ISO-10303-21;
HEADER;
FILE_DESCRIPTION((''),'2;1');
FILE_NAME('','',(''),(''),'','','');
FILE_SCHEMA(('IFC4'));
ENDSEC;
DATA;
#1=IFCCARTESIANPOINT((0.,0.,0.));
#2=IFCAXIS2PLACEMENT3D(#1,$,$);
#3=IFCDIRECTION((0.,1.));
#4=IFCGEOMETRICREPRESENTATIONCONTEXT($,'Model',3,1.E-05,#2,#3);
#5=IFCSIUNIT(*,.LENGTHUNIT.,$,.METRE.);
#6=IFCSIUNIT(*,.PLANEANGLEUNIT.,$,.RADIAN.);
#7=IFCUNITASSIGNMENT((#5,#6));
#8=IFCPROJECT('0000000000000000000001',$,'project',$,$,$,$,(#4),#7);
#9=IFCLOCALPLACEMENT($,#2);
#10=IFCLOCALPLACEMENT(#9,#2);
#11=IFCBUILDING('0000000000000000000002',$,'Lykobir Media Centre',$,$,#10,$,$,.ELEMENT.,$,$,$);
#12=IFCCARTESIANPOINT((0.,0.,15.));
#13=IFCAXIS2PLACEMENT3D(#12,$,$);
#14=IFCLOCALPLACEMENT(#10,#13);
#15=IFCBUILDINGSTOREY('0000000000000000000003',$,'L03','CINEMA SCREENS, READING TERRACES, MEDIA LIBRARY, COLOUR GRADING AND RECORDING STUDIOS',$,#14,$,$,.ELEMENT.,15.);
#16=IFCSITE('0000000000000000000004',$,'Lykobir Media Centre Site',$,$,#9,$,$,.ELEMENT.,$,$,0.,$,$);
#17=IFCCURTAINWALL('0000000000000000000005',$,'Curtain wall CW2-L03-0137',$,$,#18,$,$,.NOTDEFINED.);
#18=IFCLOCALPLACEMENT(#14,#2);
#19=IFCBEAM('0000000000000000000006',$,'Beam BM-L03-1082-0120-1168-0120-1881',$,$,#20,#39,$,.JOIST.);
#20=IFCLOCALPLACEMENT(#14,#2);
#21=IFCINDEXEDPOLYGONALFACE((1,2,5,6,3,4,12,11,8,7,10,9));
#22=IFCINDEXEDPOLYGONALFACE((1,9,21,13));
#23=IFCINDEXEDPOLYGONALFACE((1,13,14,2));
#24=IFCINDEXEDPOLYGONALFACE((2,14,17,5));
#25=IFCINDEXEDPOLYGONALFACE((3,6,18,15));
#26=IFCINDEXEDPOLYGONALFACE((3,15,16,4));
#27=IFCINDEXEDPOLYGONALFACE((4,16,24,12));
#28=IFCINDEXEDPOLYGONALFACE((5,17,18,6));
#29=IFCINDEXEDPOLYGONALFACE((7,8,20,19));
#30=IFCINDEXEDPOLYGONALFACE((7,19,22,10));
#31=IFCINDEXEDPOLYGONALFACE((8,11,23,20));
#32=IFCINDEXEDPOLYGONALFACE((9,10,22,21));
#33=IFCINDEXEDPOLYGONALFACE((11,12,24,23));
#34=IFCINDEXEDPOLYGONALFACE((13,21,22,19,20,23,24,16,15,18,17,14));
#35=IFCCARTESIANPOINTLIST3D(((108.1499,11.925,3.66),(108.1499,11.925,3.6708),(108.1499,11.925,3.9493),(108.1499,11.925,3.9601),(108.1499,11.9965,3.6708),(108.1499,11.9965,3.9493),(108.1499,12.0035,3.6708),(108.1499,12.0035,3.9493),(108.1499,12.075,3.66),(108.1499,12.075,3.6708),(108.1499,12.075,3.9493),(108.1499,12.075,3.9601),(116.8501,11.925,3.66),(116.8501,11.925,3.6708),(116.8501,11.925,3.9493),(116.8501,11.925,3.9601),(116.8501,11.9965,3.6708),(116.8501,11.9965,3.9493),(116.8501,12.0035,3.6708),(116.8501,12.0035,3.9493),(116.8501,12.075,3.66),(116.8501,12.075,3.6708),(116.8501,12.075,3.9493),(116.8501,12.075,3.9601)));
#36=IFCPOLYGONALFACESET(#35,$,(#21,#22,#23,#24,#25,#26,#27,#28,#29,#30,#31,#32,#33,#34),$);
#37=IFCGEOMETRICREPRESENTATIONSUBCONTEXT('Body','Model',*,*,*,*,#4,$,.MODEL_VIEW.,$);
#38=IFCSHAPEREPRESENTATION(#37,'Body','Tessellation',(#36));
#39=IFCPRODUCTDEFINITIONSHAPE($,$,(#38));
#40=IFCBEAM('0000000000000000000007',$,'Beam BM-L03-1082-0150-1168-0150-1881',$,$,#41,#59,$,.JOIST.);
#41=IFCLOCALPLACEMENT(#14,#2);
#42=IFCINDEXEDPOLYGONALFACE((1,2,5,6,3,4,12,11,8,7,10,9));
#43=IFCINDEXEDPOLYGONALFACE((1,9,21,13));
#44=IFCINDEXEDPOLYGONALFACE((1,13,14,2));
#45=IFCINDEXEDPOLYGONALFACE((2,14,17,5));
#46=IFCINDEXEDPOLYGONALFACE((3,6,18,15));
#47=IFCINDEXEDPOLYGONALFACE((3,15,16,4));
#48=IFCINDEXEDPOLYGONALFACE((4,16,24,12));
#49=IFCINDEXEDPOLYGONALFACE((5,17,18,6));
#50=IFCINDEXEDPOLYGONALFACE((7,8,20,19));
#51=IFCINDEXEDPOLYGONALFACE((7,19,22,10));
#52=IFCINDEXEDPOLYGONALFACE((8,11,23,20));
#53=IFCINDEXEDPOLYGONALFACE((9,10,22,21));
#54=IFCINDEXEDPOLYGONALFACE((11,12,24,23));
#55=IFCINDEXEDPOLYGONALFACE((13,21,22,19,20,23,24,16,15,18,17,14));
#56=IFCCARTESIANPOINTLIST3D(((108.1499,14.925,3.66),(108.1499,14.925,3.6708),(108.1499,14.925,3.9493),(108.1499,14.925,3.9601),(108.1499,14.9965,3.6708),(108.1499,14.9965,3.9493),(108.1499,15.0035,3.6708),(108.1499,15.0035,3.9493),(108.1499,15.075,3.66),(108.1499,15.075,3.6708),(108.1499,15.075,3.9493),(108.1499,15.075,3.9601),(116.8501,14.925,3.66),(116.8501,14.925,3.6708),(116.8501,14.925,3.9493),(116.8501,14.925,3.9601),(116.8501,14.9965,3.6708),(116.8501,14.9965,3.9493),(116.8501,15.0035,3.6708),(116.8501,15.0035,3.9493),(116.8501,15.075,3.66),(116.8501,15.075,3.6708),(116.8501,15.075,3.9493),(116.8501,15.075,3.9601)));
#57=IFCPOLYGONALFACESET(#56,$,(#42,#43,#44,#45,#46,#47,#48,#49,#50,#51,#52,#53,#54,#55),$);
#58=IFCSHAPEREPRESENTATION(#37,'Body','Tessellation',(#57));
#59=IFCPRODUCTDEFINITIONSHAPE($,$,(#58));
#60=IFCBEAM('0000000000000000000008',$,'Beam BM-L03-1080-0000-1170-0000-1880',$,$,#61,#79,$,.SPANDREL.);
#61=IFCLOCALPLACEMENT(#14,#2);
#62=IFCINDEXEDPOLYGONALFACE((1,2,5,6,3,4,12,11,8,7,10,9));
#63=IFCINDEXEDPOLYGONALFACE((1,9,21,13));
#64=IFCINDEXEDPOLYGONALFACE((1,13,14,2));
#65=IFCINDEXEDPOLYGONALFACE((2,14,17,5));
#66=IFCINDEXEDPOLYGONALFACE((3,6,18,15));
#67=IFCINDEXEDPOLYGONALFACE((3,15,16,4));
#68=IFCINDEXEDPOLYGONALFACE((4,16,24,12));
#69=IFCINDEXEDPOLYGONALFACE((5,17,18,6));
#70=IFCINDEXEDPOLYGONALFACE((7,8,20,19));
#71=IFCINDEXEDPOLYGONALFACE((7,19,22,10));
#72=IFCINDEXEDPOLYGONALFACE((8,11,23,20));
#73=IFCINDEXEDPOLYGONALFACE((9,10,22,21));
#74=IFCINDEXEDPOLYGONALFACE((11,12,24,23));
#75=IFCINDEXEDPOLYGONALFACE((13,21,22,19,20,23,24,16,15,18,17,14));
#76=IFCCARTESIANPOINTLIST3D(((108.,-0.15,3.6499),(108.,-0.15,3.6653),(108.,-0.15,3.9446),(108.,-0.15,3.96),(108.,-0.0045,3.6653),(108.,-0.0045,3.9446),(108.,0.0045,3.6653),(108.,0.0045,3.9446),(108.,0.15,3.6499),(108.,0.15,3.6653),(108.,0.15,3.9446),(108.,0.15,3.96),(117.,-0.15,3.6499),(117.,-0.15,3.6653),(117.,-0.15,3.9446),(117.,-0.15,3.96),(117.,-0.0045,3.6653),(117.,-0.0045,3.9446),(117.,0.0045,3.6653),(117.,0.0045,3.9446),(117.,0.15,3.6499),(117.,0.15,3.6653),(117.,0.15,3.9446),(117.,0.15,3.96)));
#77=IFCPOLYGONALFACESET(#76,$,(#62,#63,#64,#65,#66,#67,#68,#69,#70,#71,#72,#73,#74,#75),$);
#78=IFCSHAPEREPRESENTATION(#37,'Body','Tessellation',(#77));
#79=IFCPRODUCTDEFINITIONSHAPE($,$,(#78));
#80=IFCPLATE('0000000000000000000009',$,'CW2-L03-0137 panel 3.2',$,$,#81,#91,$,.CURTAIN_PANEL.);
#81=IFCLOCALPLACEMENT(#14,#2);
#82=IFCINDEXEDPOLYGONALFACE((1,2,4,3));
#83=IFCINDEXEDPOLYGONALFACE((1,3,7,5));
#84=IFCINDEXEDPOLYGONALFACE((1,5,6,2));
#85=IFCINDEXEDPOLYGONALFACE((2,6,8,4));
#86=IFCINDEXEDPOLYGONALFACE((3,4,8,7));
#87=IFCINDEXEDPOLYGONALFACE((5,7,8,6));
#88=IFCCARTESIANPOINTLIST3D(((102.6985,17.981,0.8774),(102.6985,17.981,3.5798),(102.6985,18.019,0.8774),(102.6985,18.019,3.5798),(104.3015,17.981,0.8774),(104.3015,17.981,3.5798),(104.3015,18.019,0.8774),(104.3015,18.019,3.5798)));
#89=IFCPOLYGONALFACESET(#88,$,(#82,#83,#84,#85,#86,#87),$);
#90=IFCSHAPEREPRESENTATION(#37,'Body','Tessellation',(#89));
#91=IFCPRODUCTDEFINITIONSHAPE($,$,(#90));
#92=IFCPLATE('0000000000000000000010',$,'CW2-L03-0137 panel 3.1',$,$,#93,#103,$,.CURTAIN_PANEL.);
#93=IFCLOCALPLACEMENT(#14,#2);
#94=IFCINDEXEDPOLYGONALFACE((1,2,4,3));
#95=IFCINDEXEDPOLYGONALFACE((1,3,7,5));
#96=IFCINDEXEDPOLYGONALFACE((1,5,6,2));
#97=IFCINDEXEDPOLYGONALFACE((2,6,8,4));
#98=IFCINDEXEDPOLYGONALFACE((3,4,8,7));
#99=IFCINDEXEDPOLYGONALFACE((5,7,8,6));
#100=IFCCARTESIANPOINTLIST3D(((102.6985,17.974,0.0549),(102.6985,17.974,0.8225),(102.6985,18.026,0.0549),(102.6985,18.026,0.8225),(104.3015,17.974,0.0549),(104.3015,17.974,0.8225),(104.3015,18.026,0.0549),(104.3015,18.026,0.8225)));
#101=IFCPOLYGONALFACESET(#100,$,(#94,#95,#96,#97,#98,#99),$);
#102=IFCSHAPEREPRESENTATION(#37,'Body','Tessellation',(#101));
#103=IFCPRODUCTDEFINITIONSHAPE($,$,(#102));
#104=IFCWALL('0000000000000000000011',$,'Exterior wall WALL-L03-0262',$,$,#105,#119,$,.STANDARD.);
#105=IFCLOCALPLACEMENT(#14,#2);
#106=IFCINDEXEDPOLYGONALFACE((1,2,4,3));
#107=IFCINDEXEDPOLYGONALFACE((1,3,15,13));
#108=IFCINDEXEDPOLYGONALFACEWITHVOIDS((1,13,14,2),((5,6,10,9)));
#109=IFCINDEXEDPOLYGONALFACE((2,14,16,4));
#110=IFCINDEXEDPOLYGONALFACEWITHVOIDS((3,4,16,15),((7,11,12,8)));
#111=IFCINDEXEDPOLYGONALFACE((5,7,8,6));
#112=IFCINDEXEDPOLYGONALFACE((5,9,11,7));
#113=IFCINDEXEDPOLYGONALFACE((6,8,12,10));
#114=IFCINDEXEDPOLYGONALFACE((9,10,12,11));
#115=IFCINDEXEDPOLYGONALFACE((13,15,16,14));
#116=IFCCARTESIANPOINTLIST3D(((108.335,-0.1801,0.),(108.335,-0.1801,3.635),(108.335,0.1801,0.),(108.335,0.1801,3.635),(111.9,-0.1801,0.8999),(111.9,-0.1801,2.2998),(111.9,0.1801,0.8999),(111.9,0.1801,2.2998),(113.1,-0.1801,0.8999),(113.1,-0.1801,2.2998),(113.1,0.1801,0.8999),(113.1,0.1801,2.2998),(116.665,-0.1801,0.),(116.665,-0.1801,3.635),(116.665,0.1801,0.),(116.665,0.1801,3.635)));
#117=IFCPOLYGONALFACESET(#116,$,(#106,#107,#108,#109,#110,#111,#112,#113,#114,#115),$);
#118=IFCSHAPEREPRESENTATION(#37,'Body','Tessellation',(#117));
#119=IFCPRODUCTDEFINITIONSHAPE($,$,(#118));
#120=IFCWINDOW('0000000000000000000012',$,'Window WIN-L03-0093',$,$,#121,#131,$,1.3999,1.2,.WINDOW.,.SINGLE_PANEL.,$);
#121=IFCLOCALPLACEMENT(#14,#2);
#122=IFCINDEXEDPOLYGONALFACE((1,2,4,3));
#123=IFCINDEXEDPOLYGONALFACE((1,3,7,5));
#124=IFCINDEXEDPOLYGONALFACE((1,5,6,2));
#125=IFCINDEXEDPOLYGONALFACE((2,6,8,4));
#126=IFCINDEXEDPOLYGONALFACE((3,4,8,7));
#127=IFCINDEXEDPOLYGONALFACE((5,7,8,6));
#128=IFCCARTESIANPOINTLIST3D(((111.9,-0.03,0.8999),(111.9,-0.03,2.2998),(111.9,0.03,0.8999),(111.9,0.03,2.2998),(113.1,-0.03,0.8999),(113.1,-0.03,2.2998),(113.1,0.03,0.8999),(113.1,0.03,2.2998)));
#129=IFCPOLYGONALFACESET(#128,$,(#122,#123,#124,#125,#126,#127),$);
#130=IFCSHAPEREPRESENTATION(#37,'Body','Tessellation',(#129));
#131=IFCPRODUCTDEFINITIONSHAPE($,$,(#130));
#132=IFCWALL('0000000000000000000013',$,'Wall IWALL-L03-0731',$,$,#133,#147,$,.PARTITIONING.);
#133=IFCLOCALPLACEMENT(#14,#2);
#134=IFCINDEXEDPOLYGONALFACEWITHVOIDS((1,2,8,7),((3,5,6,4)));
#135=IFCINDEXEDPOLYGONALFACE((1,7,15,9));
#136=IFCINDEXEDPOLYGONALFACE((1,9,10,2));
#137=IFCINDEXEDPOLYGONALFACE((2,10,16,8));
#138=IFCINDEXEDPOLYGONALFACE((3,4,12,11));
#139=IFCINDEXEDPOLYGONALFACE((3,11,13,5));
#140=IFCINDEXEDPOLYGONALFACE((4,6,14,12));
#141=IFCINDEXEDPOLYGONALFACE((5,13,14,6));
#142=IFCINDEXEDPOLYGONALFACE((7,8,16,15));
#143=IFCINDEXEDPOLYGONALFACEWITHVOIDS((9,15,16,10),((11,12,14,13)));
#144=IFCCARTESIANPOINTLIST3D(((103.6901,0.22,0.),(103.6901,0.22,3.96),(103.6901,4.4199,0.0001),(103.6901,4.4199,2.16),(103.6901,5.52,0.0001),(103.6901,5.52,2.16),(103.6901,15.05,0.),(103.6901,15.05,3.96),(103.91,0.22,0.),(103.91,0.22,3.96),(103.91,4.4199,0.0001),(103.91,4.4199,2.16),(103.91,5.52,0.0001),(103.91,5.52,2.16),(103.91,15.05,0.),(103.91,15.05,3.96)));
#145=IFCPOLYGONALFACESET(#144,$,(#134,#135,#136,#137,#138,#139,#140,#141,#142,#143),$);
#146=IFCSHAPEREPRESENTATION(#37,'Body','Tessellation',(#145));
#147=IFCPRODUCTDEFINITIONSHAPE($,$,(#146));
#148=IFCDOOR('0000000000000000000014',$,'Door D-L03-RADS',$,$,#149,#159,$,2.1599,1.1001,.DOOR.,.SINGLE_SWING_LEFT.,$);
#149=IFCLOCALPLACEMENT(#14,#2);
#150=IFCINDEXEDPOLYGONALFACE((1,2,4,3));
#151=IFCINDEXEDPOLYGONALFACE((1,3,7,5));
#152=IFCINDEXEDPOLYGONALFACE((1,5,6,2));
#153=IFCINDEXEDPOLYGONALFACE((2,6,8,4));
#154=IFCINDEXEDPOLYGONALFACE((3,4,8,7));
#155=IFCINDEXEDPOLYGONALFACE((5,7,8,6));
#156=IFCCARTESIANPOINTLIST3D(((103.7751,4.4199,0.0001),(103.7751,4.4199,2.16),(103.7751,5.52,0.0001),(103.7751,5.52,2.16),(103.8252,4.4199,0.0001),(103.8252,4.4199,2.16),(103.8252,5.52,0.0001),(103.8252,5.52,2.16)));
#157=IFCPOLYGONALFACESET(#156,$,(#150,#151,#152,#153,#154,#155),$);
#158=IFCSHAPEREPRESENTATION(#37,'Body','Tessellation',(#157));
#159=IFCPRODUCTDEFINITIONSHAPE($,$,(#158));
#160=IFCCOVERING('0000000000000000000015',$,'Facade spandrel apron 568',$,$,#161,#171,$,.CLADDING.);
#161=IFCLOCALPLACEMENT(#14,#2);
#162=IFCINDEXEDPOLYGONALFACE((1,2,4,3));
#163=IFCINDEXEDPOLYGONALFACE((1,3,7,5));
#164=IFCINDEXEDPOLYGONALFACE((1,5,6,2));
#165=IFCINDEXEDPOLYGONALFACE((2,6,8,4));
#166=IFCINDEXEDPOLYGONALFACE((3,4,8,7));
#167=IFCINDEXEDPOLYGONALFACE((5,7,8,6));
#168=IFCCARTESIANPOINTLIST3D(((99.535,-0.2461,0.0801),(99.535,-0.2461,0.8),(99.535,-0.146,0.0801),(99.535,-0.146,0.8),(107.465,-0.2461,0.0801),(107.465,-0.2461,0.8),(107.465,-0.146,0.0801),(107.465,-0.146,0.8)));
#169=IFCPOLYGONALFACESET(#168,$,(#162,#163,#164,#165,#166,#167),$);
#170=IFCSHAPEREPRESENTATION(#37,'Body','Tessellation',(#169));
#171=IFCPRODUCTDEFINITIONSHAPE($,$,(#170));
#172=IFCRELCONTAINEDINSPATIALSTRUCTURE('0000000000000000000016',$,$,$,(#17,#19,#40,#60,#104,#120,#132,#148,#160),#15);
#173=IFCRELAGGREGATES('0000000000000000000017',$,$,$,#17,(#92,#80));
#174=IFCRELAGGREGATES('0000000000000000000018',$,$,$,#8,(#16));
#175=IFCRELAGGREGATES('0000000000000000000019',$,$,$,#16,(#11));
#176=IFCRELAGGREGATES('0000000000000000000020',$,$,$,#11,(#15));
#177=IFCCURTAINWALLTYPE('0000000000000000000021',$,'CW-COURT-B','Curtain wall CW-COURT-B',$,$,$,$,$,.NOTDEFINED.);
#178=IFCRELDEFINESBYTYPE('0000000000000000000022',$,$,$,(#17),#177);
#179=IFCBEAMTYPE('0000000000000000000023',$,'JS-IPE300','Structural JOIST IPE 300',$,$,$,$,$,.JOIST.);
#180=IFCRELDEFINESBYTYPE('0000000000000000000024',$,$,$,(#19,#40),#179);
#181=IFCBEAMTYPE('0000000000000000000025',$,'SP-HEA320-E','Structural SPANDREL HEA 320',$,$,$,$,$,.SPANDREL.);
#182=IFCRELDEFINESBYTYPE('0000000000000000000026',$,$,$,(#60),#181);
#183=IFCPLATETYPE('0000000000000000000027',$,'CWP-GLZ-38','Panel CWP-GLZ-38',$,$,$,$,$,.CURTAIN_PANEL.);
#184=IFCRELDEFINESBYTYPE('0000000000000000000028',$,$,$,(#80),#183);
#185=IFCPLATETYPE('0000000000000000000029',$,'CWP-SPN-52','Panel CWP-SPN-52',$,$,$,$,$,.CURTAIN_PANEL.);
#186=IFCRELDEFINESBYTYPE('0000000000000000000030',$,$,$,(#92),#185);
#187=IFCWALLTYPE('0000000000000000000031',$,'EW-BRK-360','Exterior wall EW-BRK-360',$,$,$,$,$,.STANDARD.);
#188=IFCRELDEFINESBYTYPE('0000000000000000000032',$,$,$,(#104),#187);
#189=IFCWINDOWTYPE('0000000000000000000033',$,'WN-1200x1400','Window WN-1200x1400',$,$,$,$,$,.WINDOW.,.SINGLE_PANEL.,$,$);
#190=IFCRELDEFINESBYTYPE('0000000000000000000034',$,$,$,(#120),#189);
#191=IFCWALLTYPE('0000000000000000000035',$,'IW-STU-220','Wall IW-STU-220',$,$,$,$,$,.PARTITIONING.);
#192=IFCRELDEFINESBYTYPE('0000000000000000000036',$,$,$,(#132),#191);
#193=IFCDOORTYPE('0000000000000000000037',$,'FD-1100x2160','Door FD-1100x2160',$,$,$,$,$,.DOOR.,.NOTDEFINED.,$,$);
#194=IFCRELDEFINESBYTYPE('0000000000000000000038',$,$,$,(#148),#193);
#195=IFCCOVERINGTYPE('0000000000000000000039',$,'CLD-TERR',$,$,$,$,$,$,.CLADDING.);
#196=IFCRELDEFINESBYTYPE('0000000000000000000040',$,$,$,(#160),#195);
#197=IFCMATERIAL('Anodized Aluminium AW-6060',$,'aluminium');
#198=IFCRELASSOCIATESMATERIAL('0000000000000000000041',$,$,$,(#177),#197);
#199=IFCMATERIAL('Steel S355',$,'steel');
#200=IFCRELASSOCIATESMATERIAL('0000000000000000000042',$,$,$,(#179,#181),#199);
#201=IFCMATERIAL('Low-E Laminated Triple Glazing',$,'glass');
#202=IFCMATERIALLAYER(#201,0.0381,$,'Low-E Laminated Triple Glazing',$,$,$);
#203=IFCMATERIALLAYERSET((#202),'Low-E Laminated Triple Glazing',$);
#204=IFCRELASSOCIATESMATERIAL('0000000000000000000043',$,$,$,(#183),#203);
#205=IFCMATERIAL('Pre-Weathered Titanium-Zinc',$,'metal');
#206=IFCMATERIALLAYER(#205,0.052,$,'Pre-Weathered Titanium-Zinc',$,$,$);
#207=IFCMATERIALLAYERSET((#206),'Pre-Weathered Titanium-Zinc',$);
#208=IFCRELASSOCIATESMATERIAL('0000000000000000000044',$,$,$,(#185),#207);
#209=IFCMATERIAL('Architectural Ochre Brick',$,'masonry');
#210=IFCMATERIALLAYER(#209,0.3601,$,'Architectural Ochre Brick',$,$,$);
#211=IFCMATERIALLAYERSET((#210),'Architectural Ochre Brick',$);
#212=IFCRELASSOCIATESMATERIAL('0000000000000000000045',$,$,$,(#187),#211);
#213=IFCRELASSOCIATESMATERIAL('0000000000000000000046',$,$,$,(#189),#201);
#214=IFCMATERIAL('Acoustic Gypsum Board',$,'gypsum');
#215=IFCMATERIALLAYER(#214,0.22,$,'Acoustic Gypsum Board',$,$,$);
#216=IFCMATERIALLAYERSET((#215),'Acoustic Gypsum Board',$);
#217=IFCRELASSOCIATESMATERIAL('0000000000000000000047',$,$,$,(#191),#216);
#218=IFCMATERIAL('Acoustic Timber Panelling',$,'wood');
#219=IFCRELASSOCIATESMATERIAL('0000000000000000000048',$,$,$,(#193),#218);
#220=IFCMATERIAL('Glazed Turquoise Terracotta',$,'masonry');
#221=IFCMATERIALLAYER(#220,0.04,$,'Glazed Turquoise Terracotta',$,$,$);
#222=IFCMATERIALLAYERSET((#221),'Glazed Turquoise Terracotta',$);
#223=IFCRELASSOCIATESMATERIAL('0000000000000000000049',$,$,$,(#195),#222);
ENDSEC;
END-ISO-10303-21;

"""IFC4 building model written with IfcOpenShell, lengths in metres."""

from ifc_helpers import new_model, si_unit, direction, frame, frame_2d, origin, origin_2d, place, context, subcontext, project, spatial, rectangle, i_section, extrude, material, layer, layer_set, material_profile, profile_set, type_object, element, fill, aggregate, save


model = new_model("IFC4")

# Units and contexts
model_context = context("Model", 3, precision=1e-05, world=origin(), true_north=direction((0.0, 1.0)))
body_context = subcontext(model_context, "Body", "Model", "MODEL_VIEW")
ifc_project = project(units=[si_unit("LENGTHUNIT", "METRE"), si_unit("PLANEANGLEUNIT", "RADIAN")], contexts=[model_context])

# Site, building, storey
site_placement = place(None, origin())
site = spatial("IfcSite", under=ifc_project, at=site_placement, Name="Lykobir Media Centre Site", CompositionType="ELEMENT", RefElevation=0.0)
building_placement = place(site_placement, origin())
building = spatial("IfcBuilding", under=site, at=building_placement, Name="Lykobir Media Centre", CompositionType="ELEMENT")
storey_placement = place(building_placement, frame((0.0, 0.0, 15.0)))
storey = spatial("IfcBuildingStorey", under=building, at=storey_placement, Name="L03", Description="CINEMA SCREENS, READING TERRACES, MEDIA LIBRARY, COLOUR GRADING AND RECORDING STUDIOS", CompositionType="ELEMENT", Elevation=15.0)

# Shared definitions
ifc_material_1 = material(Name="Steel S355", Category="steel")

# Curtain wall
ifc_material_2 = material(Name="Anodized Aluminium AW-6060", Category="aluminium")
curtain_wall_type = type_object("IfcCurtainWallType", Name="CW-COURT-B", Description="Curtain wall CW-COURT-B", PredefinedType="NOTDEFINED", material=ifc_material_2)
curtain_wall_placement = place(storey_placement, origin())
curtain_wall = element("IfcCurtainWall", 1, at=curtain_wall_placement, inside=storey, type_object=curtain_wall_type, Name="Curtain wall CW2-L03-0137", PredefinedType="NOTDEFINED")

# Beams
ifc_material_profile_1 = material_profile(ifc_material_1, i_section(OverallWidth=0.1499, OverallDepth=0.3, WebThickness=0.0071, FlangeThickness=0.0107, at=origin_2d()), Name="IPE 300")
ifc_profile_set_1 = profile_set([ifc_material_profile_1], Name="Steel S355")
beam_type_1 = type_object("IfcBeamType", Name="JS-IPE300", Description="Structural JOIST IPE 300", PredefinedType="JOIST", material=ifc_profile_set_1)
for number, where, z_axis, x_axis, name in (
    (2, (108.1499, 12.0, 3.8101), (1.0, 0.0, 0.0), (0.0, 1.0, 0.0), "Beam BM-L03-1082-0120-1168-0120-1881"),
    (3, (108.1499, 15.0, 3.8101), (1.0, 0.0, 0.0), (0.0, 1.0, 0.0), "Beam BM-L03-1082-0150-1168-0150-1881"),
):
    element("IfcBeam", number, at=place(storey_placement, frame(where, z_axis=z_axis, x_axis=x_axis)), inside=storey, type_object=beam_type_1, Name=name, PredefinedType="JOIST", context=body_context, shape_type="SweptSolid", body=[
        extrude(i_section(OverallWidth=0.1499, OverallDepth=0.3, WebThickness=0.0071, FlangeThickness=0.0107, at=origin_2d()), origin(), (0.0, 0.0, 1.0), 8.7002),
    ])
ifc_material_profile_2 = material_profile(ifc_material_1, i_section(OverallWidth=0.3, OverallDepth=0.3101, WebThickness=0.009, FlangeThickness=0.0154, at=origin_2d()), Name="HEA 320")
ifc_profile_set_2 = profile_set([ifc_material_profile_2], Name="Steel S355")
beam_type_2 = type_object("IfcBeamType", Name="SP-HEA320-E", Description="Structural SPANDREL HEA 320", PredefinedType="SPANDREL", material=ifc_profile_set_2)
beam_1_placement = place(storey_placement, frame((108.0, 0.0, 3.8049), z_axis=(1.0, 0.0, 0.0), x_axis=(0.0, 1.0, 0.0)))
element("IfcBeam", 4, at=beam_1_placement, inside=storey, type_object=beam_type_2, Name="Beam BM-L03-1080-0000-1170-0000-1880", PredefinedType="SPANDREL", context=body_context, shape_type="SweptSolid", body=[
    extrude(i_section(OverallWidth=0.3, OverallDepth=0.3101, WebThickness=0.009, FlangeThickness=0.0154, at=origin_2d()), origin(), (0.0, 0.0, 1.0), 9.0),
])

# Plates
ifc_material_3 = material(Name="Low-E Laminated Triple Glazing", Category="glass")
ifc_layer_1 = layer(ifc_material_3, 0.0381, Name="Low-E Laminated Triple Glazing")
ifc_layer_set_1 = layer_set([ifc_layer_1], Name="Low-E Laminated Triple Glazing")
plate_type_1 = type_object("IfcPlateType", Name="CWP-GLZ-38", Description="Panel CWP-GLZ-38", PredefinedType="CURTAIN_PANEL", material=ifc_layer_set_1)
plate_1_placement = place(storey_placement, frame((103.5, 18.0, 0.8774), z_axis=(0.0, 0.0, 1.0), x_axis=(1.0, 0.0, 0.0)))
plate_1 = element("IfcPlate", 5, at=plate_1_placement, type_object=plate_type_1, Name="CW2-L03-0137 panel 3.2", PredefinedType="CURTAIN_PANEL", context=body_context, shape_type="SweptSolid", body=[
    extrude(rectangle(XDim=1.603, YDim=0.0381, at=origin_2d()), origin(), (0.0, 0.0, 1.0), 2.7024),
])
ifc_material_4 = material(Name="Pre-Weathered Titanium-Zinc", Category="metal")
ifc_layer_2 = layer(ifc_material_4, 0.052, Name="Pre-Weathered Titanium-Zinc")
ifc_layer_set_2 = layer_set([ifc_layer_2], Name="Pre-Weathered Titanium-Zinc")
plate_type_2 = type_object("IfcPlateType", Name="CWP-SPN-52", Description="Panel CWP-SPN-52", PredefinedType="CURTAIN_PANEL", material=ifc_layer_set_2)
plate_2_placement = place(storey_placement, frame((103.5, 18.0, 0.0549), z_axis=(0.0, 0.0, 1.0), x_axis=(1.0, 0.0, 0.0)))
plate_2 = element("IfcPlate", 6, at=plate_2_placement, type_object=plate_type_2, Name="CW2-L03-0137 panel 3.1", PredefinedType="CURTAIN_PANEL", context=body_context, shape_type="SweptSolid", body=[
    extrude(rectangle(XDim=1.603, YDim=0.052, at=origin_2d()), origin(), (0.0, 0.0, 1.0), 0.7676),
])
aggregate(curtain_wall, [plate_2, plate_1])

# Wall, opening, window
ifc_material_5 = material(Name="Architectural Ochre Brick", Category="masonry")
ifc_layer_3 = layer(ifc_material_5, 0.3601, Name="Architectural Ochre Brick")
ifc_layer_set_3 = layer_set([ifc_layer_3], Name="Architectural Ochre Brick")
wall_type_1 = type_object("IfcWallType", Name="EW-BRK-360", Description="Exterior wall EW-BRK-360", PredefinedType="STANDARD", material=ifc_layer_set_3)
wall_1_placement = place(storey_placement, frame((108.335, 0.0, 0.0), z_axis=(0.0, 0.0, 1.0), x_axis=(1.0, 0.0, 0.0)))
wall_1 = element("IfcWall", 7, at=wall_1_placement, inside=storey, type_object=wall_type_1, Name="Exterior wall WALL-L03-0262", PredefinedType="STANDARD", context=body_context, shape_type="SweptSolid", body=[
    extrude(rectangle(XDim=8.3301, YDim=0.3601, at=frame_2d((4.165, 0.0))), origin(), (0.0, 0.0, 1.0), 3.635),
])
opening_1_placement = place(wall_1_placement, frame((3.5649, 0.0, 0.8999)))
opening_1 = element("IfcOpeningElement", 8, at=opening_1_placement, cuts=wall_1, PredefinedType="OPENING", context=body_context, shape_type="SweptSolid", body=[
    extrude(rectangle(XDim=1.2, YDim=1.3999, at=frame_2d((0.6001, 0.7))), frame((0.0, 0.1899, 0.0), z_axis=(0.0, -1.0, 0.0), x_axis=(1.0, 0.0, 0.0)), (0.0, 0.0, 1.0), 0.3801),
])
window_type = type_object("IfcWindowType", Name="WN-1200x1400", Description="Window WN-1200x1400", PartitioningType="SINGLE_PANEL", PredefinedType="WINDOW", material=ifc_material_3)
window_placement = place(opening_1_placement, origin())
window = element("IfcWindow", 9, at=window_placement, inside=storey, type_object=window_type, Name="Window WIN-L03-0093", OverallHeight=1.3999, OverallWidth=1.2, PartitioningType="SINGLE_PANEL", PredefinedType="WINDOW", context=body_context, shape_type="SweptSolid", body=[
    extrude(rectangle(XDim=1.2, YDim=1.3999, at=frame_2d((0.6001, 0.7))), frame((0.0, 0.03, 0.0), z_axis=(0.0, -1.0, 0.0), x_axis=(1.0, 0.0, 0.0)), (0.0, 0.0, 1.0), 0.0601),
])
fill(opening_1, window)

# Wall, opening, door
ifc_material_6 = material(Name="Acoustic Gypsum Board", Category="gypsum")
ifc_layer_4 = layer(ifc_material_6, 0.22, Name="Acoustic Gypsum Board")
ifc_layer_set_4 = layer_set([ifc_layer_4], Name="Acoustic Gypsum Board")
wall_type_2 = type_object("IfcWallType", Name="IW-STU-220", Description="Wall IW-STU-220", PredefinedType="PARTITIONING", material=ifc_layer_set_4)
wall_2_placement = place(storey_placement, frame((103.8, 0.22, 0.0), z_axis=(0.0, 0.0, 1.0), x_axis=(0.0, 1.0, 0.0)))
wall_2 = element("IfcWall", 10, at=wall_2_placement, inside=storey, type_object=wall_type_2, Name="Wall IWALL-L03-0731", PredefinedType="PARTITIONING", context=body_context, shape_type="SweptSolid", body=[
    extrude(rectangle(XDim=14.8301, YDim=0.22, at=frame_2d((7.415, 0.0))), origin(), (0.0, 0.0, 1.0), 3.96),
])
opening_2_placement = place(wall_2_placement, frame((4.2, 0.0, 0.0)))
opening_2 = element("IfcOpeningElement", 11, at=opening_2_placement, cuts=wall_2, PredefinedType="OPENING", context=body_context, shape_type="SweptSolid", body=[
    extrude(rectangle(XDim=1.1001, YDim=2.1599, at=frame_2d((0.55, 1.0801))), frame((0.0, 0.1199, 0.0), z_axis=(0.0, -1.0, 0.0), x_axis=(1.0, 0.0, 0.0)), (0.0, 0.0, 1.0), 0.24),
])
ifc_material_7 = material(Name="Acoustic Timber Panelling", Category="wood")
door_type = type_object("IfcDoorType", Name="FD-1100x2160", Description="Door FD-1100x2160", OperationType="NOTDEFINED", PredefinedType="DOOR", material=ifc_material_7)
door_placement = place(opening_2_placement, origin())
door = element("IfcDoor", 12, at=door_placement, inside=storey, type_object=door_type, Name="Door D-L03-RADS", OperationType="SINGLE_SWING_LEFT", OverallHeight=2.1599, OverallWidth=1.1001, PredefinedType="DOOR", context=body_context, shape_type="SweptSolid", body=[
    extrude(rectangle(XDim=1.1001, YDim=2.1599, at=frame_2d((0.55, 1.0801))), frame((0.0, 0.0249, 0.0), z_axis=(0.0, -1.0, 0.0), x_axis=(1.0, 0.0, 0.0)), (0.0, 0.0, 1.0), 0.05),
])
fill(opening_2, door)

# Covering
ifc_material_8 = material(Name="Glazed Turquoise Terracotta", Category="masonry")
ifc_layer_5 = layer(ifc_material_8, 0.04, Name="Glazed Turquoise Terracotta")
ifc_layer_set_5 = layer_set([ifc_layer_5], Name="Glazed Turquoise Terracotta")
covering_type_1 = type_object("IfcCoveringType", Name="CLD-TERR", PredefinedType="CLADDING", material=ifc_layer_set_5)
covering_1_placement = place(storey_placement, frame((103.5, -0.196, 0.0801), z_axis=(0.0, 0.0, 1.0), x_axis=(1.0, 0.0, 0.0)))
element("IfcCovering", 13, at=covering_1_placement, inside=storey, type_object=covering_type_1, Name="Facade spandrel apron 568", PredefinedType="CLADDING", context=body_context, shape_type="SweptSolid", body=[
    extrude(rectangle(XDim=7.9299, YDim=0.1001, at=origin_2d()), origin(), (0.0, 0.0, 1.0), 0.72),
])

save(model, "model.ifc")
